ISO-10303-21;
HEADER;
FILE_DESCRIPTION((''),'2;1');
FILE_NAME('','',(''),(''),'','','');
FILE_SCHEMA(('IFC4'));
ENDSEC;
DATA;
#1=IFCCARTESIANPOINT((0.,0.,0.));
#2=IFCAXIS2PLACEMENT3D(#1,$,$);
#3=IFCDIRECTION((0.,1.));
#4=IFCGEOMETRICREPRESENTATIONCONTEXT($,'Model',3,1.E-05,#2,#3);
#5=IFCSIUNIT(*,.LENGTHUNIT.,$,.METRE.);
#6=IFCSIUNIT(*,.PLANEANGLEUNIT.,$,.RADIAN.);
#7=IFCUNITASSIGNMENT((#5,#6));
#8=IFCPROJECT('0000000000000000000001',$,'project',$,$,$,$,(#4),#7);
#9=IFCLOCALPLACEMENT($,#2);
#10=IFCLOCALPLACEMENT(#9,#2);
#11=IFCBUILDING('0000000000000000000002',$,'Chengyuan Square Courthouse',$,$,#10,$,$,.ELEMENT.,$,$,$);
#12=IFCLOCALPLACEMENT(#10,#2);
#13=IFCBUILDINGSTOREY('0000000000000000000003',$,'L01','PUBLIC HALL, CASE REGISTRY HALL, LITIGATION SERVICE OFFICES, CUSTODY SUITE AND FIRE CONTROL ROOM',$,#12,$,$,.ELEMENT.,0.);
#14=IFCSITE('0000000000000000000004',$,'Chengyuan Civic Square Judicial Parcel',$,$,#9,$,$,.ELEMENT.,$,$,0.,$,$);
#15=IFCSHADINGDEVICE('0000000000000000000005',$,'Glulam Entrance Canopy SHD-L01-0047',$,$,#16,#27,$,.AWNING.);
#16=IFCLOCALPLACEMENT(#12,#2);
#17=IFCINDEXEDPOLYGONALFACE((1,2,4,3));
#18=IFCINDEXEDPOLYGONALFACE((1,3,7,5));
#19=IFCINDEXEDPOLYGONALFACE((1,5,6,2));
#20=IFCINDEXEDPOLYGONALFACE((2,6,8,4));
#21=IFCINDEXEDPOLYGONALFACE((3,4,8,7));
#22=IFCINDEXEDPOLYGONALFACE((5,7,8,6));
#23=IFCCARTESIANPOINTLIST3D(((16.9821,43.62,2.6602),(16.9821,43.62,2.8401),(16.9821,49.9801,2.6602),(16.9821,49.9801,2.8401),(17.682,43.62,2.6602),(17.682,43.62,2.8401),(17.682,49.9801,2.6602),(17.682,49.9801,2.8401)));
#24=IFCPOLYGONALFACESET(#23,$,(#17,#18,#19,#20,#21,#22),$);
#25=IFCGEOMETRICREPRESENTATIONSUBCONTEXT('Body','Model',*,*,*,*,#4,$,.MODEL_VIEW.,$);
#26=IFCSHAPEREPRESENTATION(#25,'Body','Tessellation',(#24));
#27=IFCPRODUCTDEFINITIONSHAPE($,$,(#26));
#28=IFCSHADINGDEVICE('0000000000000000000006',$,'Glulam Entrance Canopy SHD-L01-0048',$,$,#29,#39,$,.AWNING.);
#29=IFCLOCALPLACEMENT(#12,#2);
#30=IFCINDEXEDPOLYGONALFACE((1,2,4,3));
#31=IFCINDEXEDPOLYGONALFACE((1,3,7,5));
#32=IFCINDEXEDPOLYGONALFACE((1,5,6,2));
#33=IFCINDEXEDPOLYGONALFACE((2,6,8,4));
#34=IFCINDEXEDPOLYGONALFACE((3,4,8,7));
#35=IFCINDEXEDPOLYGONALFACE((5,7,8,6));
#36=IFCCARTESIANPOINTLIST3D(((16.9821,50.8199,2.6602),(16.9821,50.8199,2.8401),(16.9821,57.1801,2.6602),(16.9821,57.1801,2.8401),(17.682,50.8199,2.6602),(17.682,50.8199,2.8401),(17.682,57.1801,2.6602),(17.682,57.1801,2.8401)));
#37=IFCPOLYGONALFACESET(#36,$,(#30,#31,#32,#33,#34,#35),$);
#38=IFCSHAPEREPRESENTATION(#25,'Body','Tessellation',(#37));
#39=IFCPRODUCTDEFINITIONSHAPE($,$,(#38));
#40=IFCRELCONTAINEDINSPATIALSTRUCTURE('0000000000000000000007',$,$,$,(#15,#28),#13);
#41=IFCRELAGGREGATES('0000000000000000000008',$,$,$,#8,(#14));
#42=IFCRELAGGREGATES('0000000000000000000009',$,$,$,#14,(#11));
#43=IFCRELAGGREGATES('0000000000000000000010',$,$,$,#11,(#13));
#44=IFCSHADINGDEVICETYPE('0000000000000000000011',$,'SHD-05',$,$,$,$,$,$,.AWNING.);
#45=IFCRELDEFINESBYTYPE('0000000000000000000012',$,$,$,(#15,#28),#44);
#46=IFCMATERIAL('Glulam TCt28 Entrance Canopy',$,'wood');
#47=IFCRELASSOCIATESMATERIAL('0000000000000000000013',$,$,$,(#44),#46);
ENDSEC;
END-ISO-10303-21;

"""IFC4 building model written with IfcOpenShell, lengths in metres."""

from ifc_helpers import new_model, si_unit, direction, frame, origin, origin_2d, place, context, subcontext, project, spatial, rectangle, extrude, material, type_object, element, save


model = new_model("IFC4")

# Units and contexts
model_context = context("Model", 3, precision=1e-05, world=origin(), true_north=direction((0.0, 1.0)))
body_context = subcontext(model_context, "Body", "Model", "MODEL_VIEW")
ifc_project = project(units=[si_unit("LENGTHUNIT", "METRE"), si_unit("PLANEANGLEUNIT", "RADIAN")], contexts=[model_context])

# Site, building, storey
site_placement = place(None, origin())
site = spatial("IfcSite", under=ifc_project, at=site_placement, Name="Chengyuan Civic Square Judicial Parcel", CompositionType="ELEMENT", RefElevation=0.0)
building_placement = place(site_placement, origin())
building = spatial("IfcBuilding", under=site, at=building_placement, Name="Chengyuan Square Courthouse", CompositionType="ELEMENT")
storey_placement = place(building_placement, origin())
storey = spatial("IfcBuildingStorey", under=building, at=storey_placement, Name="L01", Description="PUBLIC HALL, CASE REGISTRY HALL, LITIGATION SERVICE OFFICES, CUSTODY SUITE AND FIRE CONTROL ROOM", CompositionType="ELEMENT", Elevation=0.0)

# Shading devices
ifc_material_1 = material(Name="Glulam TCt28 Entrance Canopy", Category="wood")
shading_device_type_1 = type_object("IfcShadingDeviceType", Name="SHD-05", PredefinedType="AWNING", material=ifc_material_1)
for number, where, z_axis, x_axis, name in (
    (1, (17.332, 46.8, 2.6602), (0.0, 0.0, 1.0), (0.0, 1.0, 0.0), "Glulam Entrance Canopy SHD-L01-0047"),
    (2, (17.332, 54.0, 2.6602), (0.0, 0.0, 1.0), (0.0, 1.0, 0.0), "Glulam Entrance Canopy SHD-L01-0048"),
):
    element("IfcShadingDevice", number, at=place(storey_placement, frame(where, z_axis=z_axis, x_axis=x_axis)), inside=storey, type_object=shading_device_type_1, Name=name, PredefinedType="AWNING", context=body_context, shape_type="SweptSolid", body=[
        extrude(rectangle(XDim=6.3601, YDim=0.7, at=origin_2d()), origin(), (0.0, 0.0, 1.0), 0.1799),
    ])

save(model, "model.ifc")
